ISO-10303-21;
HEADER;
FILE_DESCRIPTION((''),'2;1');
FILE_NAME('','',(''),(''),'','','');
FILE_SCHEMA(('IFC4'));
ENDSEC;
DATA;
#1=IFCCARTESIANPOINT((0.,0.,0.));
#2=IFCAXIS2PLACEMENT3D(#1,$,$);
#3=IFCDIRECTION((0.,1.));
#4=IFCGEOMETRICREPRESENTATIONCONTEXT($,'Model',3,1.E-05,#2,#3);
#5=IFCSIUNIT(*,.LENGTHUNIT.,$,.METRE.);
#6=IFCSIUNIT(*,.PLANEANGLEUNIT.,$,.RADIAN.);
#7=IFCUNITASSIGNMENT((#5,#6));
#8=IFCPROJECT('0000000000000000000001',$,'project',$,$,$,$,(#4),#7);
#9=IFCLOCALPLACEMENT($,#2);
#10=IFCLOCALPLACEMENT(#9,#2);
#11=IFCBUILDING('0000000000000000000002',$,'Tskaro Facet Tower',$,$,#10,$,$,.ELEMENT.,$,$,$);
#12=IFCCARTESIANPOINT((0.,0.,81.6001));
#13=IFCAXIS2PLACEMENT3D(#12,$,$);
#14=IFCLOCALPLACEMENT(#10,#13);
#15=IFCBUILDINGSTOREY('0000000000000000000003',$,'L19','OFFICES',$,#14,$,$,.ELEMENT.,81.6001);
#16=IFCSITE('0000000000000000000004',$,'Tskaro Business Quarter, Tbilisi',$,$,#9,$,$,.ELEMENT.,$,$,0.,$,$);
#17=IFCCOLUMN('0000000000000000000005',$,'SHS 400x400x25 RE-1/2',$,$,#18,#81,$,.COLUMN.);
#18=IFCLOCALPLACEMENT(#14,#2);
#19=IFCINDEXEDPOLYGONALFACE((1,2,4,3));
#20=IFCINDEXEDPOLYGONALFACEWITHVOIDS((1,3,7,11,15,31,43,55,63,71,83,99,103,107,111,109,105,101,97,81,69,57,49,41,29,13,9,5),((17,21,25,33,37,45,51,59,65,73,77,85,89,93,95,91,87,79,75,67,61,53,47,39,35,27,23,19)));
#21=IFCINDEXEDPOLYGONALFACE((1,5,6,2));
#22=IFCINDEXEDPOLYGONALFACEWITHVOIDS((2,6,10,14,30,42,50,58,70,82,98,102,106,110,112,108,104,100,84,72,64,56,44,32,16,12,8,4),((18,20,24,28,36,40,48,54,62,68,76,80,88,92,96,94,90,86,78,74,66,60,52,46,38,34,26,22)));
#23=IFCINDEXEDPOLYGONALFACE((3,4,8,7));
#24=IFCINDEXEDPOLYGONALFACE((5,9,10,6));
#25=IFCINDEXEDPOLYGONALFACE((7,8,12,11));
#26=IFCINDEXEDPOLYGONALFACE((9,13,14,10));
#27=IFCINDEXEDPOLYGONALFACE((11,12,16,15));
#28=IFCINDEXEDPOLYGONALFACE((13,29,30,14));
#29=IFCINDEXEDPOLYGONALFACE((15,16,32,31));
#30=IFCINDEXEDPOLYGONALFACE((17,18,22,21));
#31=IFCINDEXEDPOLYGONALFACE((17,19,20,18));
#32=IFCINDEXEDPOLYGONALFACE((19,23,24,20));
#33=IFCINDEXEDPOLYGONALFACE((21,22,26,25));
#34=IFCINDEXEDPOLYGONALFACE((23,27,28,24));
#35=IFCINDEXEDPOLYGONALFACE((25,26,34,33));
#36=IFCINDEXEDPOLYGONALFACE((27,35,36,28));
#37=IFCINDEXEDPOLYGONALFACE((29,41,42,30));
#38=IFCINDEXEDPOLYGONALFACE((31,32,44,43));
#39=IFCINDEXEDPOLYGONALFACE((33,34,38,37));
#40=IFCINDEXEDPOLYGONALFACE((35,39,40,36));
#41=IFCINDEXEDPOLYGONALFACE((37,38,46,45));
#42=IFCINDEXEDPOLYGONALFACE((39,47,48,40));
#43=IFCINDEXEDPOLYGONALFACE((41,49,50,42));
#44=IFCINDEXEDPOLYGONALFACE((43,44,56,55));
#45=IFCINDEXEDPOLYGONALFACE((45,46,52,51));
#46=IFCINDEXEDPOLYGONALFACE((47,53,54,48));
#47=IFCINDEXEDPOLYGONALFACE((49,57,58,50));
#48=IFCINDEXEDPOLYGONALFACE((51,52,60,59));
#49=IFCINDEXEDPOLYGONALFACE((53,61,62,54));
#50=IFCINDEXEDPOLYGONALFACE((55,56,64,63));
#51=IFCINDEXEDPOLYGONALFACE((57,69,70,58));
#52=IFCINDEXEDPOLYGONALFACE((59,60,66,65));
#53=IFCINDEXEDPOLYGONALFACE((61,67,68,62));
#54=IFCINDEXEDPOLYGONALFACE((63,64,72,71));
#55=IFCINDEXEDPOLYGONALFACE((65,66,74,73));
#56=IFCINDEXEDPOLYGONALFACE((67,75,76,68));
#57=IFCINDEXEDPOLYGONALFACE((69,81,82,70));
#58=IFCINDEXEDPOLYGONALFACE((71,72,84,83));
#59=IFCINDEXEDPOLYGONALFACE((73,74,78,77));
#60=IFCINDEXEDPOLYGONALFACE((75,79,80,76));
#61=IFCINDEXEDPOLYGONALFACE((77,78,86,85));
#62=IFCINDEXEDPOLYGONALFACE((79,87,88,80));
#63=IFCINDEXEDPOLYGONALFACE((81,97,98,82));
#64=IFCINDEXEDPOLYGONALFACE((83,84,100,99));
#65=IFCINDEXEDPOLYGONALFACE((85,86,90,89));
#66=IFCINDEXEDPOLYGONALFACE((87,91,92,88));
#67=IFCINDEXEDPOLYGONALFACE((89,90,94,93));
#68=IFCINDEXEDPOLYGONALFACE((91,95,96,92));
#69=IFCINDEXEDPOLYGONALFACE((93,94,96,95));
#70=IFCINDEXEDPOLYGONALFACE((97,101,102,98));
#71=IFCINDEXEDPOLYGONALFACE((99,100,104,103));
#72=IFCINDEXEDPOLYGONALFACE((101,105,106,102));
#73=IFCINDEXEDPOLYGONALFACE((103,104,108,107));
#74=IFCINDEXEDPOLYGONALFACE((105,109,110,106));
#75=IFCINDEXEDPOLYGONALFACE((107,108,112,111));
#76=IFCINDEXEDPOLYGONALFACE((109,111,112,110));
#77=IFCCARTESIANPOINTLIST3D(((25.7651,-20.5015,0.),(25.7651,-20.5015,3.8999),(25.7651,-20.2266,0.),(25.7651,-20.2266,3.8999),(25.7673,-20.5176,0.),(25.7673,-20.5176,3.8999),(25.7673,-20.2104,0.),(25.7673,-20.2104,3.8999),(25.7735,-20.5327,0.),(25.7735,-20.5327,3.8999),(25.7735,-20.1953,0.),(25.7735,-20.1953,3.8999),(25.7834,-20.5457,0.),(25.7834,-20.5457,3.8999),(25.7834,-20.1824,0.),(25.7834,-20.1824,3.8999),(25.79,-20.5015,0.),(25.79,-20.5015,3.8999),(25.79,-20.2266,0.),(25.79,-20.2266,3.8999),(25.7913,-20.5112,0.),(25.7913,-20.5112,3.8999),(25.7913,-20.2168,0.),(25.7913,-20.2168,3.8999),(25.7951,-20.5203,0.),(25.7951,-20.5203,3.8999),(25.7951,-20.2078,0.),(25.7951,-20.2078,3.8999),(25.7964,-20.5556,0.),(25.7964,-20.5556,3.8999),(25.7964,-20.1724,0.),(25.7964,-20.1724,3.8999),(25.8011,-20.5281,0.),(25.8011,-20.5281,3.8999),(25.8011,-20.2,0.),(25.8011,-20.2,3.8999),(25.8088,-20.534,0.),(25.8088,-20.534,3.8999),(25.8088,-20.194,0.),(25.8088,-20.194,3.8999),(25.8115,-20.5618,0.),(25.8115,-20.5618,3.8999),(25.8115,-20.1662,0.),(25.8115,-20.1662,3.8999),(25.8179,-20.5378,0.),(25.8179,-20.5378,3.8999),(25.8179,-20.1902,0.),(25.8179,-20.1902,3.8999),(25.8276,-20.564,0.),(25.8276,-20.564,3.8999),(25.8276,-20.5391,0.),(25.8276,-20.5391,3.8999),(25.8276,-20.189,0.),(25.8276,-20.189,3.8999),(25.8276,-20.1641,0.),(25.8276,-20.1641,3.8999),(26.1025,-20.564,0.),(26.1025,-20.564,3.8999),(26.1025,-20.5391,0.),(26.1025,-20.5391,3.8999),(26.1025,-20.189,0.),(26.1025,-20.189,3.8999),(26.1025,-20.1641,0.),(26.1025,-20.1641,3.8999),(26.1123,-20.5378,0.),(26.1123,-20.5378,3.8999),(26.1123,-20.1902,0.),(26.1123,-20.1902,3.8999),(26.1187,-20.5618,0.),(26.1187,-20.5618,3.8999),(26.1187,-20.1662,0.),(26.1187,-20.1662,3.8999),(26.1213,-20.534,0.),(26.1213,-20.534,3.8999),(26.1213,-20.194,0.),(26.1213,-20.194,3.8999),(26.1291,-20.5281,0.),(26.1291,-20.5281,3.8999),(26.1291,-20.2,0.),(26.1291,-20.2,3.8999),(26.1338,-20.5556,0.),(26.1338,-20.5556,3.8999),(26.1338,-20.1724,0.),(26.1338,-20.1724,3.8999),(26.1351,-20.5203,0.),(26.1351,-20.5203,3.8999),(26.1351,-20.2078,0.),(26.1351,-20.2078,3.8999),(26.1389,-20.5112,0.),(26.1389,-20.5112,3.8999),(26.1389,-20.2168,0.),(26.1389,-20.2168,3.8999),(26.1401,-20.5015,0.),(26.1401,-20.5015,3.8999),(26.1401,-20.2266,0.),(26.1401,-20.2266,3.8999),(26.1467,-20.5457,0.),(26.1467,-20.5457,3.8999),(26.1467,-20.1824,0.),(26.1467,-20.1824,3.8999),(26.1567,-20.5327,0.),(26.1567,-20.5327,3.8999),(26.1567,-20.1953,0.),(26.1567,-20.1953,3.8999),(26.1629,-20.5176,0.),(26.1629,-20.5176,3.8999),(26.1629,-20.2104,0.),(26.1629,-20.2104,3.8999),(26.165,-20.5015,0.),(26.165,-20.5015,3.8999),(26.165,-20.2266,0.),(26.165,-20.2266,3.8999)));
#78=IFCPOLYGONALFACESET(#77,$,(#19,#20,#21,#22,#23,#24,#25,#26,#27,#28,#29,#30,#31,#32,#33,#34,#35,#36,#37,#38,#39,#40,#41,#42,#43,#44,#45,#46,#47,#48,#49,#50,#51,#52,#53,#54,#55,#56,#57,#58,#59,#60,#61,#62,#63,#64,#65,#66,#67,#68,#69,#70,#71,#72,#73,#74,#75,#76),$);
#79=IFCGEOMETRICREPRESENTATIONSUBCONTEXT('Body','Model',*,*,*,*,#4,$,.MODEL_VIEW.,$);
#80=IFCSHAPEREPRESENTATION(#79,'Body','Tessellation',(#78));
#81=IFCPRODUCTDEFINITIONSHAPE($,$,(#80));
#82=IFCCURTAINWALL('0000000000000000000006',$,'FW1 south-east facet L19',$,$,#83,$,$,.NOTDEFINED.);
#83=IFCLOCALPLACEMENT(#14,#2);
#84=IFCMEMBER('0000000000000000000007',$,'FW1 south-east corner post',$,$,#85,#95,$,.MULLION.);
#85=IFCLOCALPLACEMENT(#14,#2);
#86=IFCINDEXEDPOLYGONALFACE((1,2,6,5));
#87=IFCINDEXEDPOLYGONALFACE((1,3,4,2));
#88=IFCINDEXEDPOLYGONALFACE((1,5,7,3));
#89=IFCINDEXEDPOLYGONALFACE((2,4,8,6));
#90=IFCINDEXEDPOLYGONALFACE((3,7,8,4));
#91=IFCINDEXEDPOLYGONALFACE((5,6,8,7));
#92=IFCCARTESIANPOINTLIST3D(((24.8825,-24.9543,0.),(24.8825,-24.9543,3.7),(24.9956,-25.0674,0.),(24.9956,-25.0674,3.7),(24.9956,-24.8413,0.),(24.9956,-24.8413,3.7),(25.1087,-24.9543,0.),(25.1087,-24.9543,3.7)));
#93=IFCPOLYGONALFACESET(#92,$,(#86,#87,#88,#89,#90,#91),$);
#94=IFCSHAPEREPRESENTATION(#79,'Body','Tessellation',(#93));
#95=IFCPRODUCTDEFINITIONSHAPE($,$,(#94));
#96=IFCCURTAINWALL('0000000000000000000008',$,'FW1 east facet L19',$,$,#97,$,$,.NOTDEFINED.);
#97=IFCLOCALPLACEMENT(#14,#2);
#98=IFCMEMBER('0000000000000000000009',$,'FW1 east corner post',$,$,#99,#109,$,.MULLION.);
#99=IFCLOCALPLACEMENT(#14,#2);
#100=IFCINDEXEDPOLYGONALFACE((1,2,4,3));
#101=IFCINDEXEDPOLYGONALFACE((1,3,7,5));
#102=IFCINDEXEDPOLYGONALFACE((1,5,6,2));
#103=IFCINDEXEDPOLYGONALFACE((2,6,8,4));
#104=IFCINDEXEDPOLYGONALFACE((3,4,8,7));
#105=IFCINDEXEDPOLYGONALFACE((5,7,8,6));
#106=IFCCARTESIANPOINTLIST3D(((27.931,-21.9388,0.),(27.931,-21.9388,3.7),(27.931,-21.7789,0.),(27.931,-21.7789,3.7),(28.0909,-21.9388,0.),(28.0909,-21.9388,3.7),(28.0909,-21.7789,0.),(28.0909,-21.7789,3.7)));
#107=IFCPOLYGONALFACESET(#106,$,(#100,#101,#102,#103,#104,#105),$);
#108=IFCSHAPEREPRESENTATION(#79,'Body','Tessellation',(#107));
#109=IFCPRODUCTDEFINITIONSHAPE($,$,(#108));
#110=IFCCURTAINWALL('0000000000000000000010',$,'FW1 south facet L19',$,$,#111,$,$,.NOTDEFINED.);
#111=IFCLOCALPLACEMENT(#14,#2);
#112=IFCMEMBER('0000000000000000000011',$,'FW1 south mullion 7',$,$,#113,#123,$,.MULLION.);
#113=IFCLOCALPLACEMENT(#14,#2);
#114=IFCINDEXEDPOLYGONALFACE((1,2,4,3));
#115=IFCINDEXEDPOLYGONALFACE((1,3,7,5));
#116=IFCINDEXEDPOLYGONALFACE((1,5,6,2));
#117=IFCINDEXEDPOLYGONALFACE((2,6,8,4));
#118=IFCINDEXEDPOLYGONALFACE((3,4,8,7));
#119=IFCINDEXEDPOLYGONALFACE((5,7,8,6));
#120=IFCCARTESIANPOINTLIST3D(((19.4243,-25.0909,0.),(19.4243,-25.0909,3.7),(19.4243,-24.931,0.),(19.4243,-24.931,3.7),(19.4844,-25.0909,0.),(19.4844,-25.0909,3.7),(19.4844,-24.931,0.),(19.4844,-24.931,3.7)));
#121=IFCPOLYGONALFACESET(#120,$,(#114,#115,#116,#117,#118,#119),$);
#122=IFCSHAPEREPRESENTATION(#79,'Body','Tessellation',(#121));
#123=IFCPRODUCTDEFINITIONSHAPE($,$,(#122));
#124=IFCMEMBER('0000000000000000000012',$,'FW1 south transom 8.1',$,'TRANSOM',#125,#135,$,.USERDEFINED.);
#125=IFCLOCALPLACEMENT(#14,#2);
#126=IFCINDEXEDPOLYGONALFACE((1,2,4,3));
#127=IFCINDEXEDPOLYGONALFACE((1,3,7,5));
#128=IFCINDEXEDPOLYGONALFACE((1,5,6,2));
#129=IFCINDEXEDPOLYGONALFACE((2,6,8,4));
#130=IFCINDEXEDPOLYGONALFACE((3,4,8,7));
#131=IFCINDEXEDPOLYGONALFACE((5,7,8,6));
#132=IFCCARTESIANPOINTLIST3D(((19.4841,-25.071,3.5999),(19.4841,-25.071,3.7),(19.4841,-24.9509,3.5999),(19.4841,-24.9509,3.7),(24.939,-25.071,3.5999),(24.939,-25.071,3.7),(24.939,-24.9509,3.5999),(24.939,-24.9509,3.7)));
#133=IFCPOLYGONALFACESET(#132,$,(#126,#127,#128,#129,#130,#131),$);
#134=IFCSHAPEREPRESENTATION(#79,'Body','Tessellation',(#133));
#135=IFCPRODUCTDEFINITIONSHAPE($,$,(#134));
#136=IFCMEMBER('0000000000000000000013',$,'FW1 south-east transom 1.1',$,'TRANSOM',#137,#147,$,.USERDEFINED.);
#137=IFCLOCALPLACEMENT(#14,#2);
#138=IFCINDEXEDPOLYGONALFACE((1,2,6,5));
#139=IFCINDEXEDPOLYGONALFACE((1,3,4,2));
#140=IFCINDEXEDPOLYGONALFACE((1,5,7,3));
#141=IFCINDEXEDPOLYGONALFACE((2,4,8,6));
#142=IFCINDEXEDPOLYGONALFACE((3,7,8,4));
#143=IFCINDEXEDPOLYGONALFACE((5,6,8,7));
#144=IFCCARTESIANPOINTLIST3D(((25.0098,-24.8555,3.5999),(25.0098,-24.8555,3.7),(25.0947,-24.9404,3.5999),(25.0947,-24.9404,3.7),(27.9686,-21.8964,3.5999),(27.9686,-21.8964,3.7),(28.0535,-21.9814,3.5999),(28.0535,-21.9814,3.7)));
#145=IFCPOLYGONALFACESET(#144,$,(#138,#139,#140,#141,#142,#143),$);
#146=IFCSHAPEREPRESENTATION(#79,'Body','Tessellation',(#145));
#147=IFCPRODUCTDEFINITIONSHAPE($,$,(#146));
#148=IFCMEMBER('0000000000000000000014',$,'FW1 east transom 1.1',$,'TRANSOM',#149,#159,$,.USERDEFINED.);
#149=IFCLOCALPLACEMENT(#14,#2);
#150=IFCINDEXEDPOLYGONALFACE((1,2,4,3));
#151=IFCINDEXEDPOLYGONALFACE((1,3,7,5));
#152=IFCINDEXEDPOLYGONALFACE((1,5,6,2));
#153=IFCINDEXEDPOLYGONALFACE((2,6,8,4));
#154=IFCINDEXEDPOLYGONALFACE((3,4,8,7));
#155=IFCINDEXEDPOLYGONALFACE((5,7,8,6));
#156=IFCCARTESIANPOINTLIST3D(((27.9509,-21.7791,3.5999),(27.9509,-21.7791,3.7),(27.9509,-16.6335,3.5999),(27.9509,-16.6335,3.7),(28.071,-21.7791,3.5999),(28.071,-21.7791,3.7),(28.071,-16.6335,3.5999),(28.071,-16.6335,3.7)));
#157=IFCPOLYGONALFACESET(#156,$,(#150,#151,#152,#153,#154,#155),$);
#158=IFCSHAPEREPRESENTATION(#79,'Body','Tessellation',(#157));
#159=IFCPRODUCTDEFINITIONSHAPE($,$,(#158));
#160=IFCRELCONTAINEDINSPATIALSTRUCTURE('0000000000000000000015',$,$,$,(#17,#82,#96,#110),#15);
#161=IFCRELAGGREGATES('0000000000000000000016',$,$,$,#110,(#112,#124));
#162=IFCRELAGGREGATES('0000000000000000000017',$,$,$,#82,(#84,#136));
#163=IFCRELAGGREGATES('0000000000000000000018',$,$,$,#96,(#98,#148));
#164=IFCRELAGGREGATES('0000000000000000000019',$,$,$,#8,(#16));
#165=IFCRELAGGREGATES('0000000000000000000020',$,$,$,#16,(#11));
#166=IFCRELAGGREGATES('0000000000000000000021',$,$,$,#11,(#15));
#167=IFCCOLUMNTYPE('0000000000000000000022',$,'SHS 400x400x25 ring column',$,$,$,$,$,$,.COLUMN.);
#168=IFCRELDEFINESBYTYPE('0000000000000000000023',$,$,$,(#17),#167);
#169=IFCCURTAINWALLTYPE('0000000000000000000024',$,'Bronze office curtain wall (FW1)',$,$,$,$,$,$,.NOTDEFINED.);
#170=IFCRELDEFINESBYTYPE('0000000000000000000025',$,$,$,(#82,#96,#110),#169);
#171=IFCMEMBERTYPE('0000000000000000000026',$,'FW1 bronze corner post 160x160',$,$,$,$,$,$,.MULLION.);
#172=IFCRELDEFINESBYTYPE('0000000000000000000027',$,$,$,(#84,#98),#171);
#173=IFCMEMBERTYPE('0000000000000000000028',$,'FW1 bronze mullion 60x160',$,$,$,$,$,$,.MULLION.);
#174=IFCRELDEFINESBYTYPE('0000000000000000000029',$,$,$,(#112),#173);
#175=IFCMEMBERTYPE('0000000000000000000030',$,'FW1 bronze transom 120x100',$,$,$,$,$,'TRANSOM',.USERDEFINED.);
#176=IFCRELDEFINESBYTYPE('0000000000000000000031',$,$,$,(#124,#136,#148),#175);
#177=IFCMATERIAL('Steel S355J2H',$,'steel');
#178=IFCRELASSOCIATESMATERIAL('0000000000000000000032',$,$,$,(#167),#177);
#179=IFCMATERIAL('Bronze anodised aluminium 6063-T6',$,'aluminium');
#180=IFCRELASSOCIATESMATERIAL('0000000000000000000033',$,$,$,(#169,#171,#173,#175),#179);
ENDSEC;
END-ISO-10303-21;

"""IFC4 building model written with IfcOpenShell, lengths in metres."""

from ifc_helpers import new_model, si_unit, direction, frame, origin, origin_2d, place, context, subcontext, project, spatial, rectangle, hollow_rectangle, extrude, material, material_profile, profile_set, type_object, element, aggregate, save


model = new_model("IFC4")

# Units and contexts
model_context = context("Model", 3, precision=1e-05, world=origin(), true_north=direction((0.0, 1.0)))
body_context = subcontext(model_context, "Body", "Model", "MODEL_VIEW")
ifc_project = project(units=[si_unit("LENGTHUNIT", "METRE"), si_unit("PLANEANGLEUNIT", "RADIAN")], contexts=[model_context])

# Site, building, storey
site_placement = place(None, origin())
site = spatial("IfcSite", under=ifc_project, at=site_placement, Name="Tskaro Business Quarter, Tbilisi", CompositionType="ELEMENT", RefElevation=0.0)
building_placement = place(site_placement, origin())
building = spatial("IfcBuilding", under=site, at=building_placement, Name="Tskaro Facet Tower", CompositionType="ELEMENT")
storey_placement = place(building_placement, frame((0.0, 0.0, 81.6001)))
storey = spatial("IfcBuildingStorey", under=building, at=storey_placement, Name="L19", Description="OFFICES", CompositionType="ELEMENT", Elevation=81.6001)

# Column
ifc_material_1 = material(Name="Steel S355J2H", Category="steel")
ifc_material_profile_1 = material_profile(ifc_material_1, hollow_rectangle(XDim=0.3999, YDim=0.3999, WallThickness=0.0249, InnerFilletRadius=0.0376, OuterFilletRadius=0.0625, at=origin_2d()), Name="SHS 400x400x25")
ifc_profile_set_1 = profile_set([ifc_material_profile_1], Name="Steel S355J2H")
column_type_1 = type_object("IfcColumnType", Name="SHS 400x400x25 ring column", PredefinedType="COLUMN", material=ifc_profile_set_1)
for number, where, z_axis, x_axis, name in (
    (1, (25.9651, -20.364, 0.0), (0.0, 0.0, 1.0), (1.0, 0.0, 0.0), "SHS 400x400x25 RE-1/2"),
):
    element("IfcColumn", number, at=place(storey_placement, frame(where, z_axis=z_axis, x_axis=x_axis)), inside=storey, type_object=column_type_1, Name=name, PredefinedType="COLUMN", context=body_context, shape_type="SweptSolid", body=[
        extrude(hollow_rectangle(XDim=0.3999, YDim=0.3999, WallThickness=0.0249, InnerFilletRadius=0.0376, OuterFilletRadius=0.0625, at=origin_2d()), origin(), (0.0, 0.0, 1.0), 3.8999),
    ])

# Curtain walls, members
ifc_material_2 = material(Name="Bronze anodised aluminium 6063-T6", Category="aluminium")
curtain_wall_type = type_object("IfcCurtainWallType", Name="Bronze office curtain wall (FW1)", PredefinedType="NOTDEFINED", material=ifc_material_2)
curtain_wall_1_placement = place(storey_placement, origin())
curtain_wall_1 = element("IfcCurtainWall", 2, at=curtain_wall_1_placement, inside=storey, type_object=curtain_wall_type, Name="FW1 south-east facet L19", PredefinedType="NOTDEFINED")
ifc_material_profile_2 = material_profile(ifc_material_2, rectangle(XDim=0.1599, YDim=0.1599, at=origin_2d()), Name="Corner post 160x160")
ifc_profile_set_2 = profile_set([ifc_material_profile_2], Name="Bronze anodised aluminium 6063-T6")
member_type_1 = type_object("IfcMemberType", Name="FW1 bronze corner post 160x160", PredefinedType="MULLION", material=ifc_profile_set_2)
member_1_placement = place(storey_placement, frame((24.9956, -24.9543, 0.0), z_axis=(0.0, 0.0, 1.0), x_axis=(0.707107, 0.707107, 0.0)))
member_1 = element("IfcMember", 3, at=member_1_placement, type_object=member_type_1, Name="FW1 south-east corner post", PredefinedType="MULLION", context=body_context, shape_type="SweptSolid", body=[
    extrude(rectangle(XDim=0.1599, YDim=0.1599, at=origin_2d()), origin(), (0.0, 0.0, 1.0), 3.7),
])
curtain_wall_2_placement = place(storey_placement, origin())
curtain_wall_2 = element("IfcCurtainWall", 4, at=curtain_wall_2_placement, inside=storey, type_object=curtain_wall_type, Name="FW1 east facet L19", PredefinedType="NOTDEFINED")
member_2_placement = place(storey_placement, frame((28.011, -21.8589, 0.0), z_axis=(0.0, 0.0, 1.0), x_axis=(0.0, 1.0, 0.0)))
member_2 = element("IfcMember", 5, at=member_2_placement, type_object=member_type_1, Name="FW1 east corner post", PredefinedType="MULLION", context=body_context, shape_type="SweptSolid", body=[
    extrude(rectangle(XDim=0.1599, YDim=0.1599, at=origin_2d()), origin(), (0.0, 0.0, 1.0), 3.7),
])

# Curtain wall, members
curtain_wall_3_placement = place(storey_placement, origin())
curtain_wall_3 = element("IfcCurtainWall", 6, at=curtain_wall_3_placement, inside=storey, type_object=curtain_wall_type, Name="FW1 south facet L19", PredefinedType="NOTDEFINED")
ifc_material_profile_3 = material_profile(ifc_material_2, rectangle(XDim=0.0601, YDim=0.1599, at=origin_2d()), Name="Mullion 60x160")
ifc_profile_set_3 = profile_set([ifc_material_profile_3], Name="Bronze anodised aluminium 6063-T6")
member_type_2 = type_object("IfcMemberType", Name="FW1 bronze mullion 60x160", PredefinedType="MULLION", material=ifc_profile_set_3)
member_3_placement = place(storey_placement, frame((19.4543, -25.011, 0.0), z_axis=(0.0, 0.0, 1.0), x_axis=(1.0, 0.0, 0.0)))
member_3 = element("IfcMember", 7, at=member_3_placement, type_object=member_type_2, Name="FW1 south mullion 7", PredefinedType="MULLION", context=body_context, shape_type="SweptSolid", body=[
    extrude(rectangle(XDim=0.0601, YDim=0.1599, at=origin_2d()), origin(), (0.0, 0.0, 1.0), 3.7),
])
ifc_material_profile_4 = material_profile(ifc_material_2, rectangle(XDim=0.1201, YDim=0.1001, at=origin_2d()), Name="Transom 120x100")
ifc_profile_set_4 = profile_set([ifc_material_profile_4], Name="Bronze anodised aluminium 6063-T6")
member_type_3 = type_object("IfcMemberType", Name="FW1 bronze transom 120x100", ElementType="TRANSOM", PredefinedType="USERDEFINED", material=ifc_profile_set_4)
member_4_placement = place(storey_placement, frame((19.4841, -25.011, 3.6499), z_axis=(1.0, 0.0, 0.0), x_axis=(0.0, 1.0, 0.0)))
member_4 = element("IfcMember", 8, at=member_4_placement, type_object=member_type_3, Name="FW1 south transom 8.1", ObjectType="TRANSOM", PredefinedType="USERDEFINED", context=body_context, shape_type="SweptSolid", body=[
    extrude(rectangle(XDim=0.1201, YDim=0.1001, at=origin_2d()), origin(), (0.0, 0.0, 1.0), 5.4548),
])

# Members
member_5_placement = place(storey_placement, frame((25.0522, -24.8979, 3.6499), z_axis=(0.707078, 0.707136, 0.0), x_axis=(-0.707136, 0.707078, 0.0)))
member_5 = element("IfcMember", 9, at=member_5_placement, type_object=member_type_3, Name="FW1 south-east transom 1.1", ObjectType="TRANSOM", PredefinedType="USERDEFINED", context=body_context, shape_type="SweptSolid", body=[
    extrude(rectangle(XDim=0.1201, YDim=0.1001, at=origin_2d()), origin(), (0.0, 0.0, 1.0), 4.1846),
])
member_6_placement = place(storey_placement, frame((28.011, -21.7791, 3.6499), z_axis=(0.0, 1.0, 0.0), x_axis=(-1.0, 0.0, 0.0)))
member_6 = element("IfcMember", 10, at=member_6_placement, type_object=member_type_3, Name="FW1 east transom 1.1", ObjectType="TRANSOM", PredefinedType="USERDEFINED", context=body_context, shape_type="SweptSolid", body=[
    extrude(rectangle(XDim=0.1201, YDim=0.1001, at=origin_2d()), origin(), (0.0, 0.0, 1.0), 5.1455),
])

aggregate(curtain_wall_3, [member_3, member_4])
aggregate(curtain_wall_1, [member_1, member_5])
aggregate(curtain_wall_2, [member_2, member_6])

save(model, "model.ifc")
